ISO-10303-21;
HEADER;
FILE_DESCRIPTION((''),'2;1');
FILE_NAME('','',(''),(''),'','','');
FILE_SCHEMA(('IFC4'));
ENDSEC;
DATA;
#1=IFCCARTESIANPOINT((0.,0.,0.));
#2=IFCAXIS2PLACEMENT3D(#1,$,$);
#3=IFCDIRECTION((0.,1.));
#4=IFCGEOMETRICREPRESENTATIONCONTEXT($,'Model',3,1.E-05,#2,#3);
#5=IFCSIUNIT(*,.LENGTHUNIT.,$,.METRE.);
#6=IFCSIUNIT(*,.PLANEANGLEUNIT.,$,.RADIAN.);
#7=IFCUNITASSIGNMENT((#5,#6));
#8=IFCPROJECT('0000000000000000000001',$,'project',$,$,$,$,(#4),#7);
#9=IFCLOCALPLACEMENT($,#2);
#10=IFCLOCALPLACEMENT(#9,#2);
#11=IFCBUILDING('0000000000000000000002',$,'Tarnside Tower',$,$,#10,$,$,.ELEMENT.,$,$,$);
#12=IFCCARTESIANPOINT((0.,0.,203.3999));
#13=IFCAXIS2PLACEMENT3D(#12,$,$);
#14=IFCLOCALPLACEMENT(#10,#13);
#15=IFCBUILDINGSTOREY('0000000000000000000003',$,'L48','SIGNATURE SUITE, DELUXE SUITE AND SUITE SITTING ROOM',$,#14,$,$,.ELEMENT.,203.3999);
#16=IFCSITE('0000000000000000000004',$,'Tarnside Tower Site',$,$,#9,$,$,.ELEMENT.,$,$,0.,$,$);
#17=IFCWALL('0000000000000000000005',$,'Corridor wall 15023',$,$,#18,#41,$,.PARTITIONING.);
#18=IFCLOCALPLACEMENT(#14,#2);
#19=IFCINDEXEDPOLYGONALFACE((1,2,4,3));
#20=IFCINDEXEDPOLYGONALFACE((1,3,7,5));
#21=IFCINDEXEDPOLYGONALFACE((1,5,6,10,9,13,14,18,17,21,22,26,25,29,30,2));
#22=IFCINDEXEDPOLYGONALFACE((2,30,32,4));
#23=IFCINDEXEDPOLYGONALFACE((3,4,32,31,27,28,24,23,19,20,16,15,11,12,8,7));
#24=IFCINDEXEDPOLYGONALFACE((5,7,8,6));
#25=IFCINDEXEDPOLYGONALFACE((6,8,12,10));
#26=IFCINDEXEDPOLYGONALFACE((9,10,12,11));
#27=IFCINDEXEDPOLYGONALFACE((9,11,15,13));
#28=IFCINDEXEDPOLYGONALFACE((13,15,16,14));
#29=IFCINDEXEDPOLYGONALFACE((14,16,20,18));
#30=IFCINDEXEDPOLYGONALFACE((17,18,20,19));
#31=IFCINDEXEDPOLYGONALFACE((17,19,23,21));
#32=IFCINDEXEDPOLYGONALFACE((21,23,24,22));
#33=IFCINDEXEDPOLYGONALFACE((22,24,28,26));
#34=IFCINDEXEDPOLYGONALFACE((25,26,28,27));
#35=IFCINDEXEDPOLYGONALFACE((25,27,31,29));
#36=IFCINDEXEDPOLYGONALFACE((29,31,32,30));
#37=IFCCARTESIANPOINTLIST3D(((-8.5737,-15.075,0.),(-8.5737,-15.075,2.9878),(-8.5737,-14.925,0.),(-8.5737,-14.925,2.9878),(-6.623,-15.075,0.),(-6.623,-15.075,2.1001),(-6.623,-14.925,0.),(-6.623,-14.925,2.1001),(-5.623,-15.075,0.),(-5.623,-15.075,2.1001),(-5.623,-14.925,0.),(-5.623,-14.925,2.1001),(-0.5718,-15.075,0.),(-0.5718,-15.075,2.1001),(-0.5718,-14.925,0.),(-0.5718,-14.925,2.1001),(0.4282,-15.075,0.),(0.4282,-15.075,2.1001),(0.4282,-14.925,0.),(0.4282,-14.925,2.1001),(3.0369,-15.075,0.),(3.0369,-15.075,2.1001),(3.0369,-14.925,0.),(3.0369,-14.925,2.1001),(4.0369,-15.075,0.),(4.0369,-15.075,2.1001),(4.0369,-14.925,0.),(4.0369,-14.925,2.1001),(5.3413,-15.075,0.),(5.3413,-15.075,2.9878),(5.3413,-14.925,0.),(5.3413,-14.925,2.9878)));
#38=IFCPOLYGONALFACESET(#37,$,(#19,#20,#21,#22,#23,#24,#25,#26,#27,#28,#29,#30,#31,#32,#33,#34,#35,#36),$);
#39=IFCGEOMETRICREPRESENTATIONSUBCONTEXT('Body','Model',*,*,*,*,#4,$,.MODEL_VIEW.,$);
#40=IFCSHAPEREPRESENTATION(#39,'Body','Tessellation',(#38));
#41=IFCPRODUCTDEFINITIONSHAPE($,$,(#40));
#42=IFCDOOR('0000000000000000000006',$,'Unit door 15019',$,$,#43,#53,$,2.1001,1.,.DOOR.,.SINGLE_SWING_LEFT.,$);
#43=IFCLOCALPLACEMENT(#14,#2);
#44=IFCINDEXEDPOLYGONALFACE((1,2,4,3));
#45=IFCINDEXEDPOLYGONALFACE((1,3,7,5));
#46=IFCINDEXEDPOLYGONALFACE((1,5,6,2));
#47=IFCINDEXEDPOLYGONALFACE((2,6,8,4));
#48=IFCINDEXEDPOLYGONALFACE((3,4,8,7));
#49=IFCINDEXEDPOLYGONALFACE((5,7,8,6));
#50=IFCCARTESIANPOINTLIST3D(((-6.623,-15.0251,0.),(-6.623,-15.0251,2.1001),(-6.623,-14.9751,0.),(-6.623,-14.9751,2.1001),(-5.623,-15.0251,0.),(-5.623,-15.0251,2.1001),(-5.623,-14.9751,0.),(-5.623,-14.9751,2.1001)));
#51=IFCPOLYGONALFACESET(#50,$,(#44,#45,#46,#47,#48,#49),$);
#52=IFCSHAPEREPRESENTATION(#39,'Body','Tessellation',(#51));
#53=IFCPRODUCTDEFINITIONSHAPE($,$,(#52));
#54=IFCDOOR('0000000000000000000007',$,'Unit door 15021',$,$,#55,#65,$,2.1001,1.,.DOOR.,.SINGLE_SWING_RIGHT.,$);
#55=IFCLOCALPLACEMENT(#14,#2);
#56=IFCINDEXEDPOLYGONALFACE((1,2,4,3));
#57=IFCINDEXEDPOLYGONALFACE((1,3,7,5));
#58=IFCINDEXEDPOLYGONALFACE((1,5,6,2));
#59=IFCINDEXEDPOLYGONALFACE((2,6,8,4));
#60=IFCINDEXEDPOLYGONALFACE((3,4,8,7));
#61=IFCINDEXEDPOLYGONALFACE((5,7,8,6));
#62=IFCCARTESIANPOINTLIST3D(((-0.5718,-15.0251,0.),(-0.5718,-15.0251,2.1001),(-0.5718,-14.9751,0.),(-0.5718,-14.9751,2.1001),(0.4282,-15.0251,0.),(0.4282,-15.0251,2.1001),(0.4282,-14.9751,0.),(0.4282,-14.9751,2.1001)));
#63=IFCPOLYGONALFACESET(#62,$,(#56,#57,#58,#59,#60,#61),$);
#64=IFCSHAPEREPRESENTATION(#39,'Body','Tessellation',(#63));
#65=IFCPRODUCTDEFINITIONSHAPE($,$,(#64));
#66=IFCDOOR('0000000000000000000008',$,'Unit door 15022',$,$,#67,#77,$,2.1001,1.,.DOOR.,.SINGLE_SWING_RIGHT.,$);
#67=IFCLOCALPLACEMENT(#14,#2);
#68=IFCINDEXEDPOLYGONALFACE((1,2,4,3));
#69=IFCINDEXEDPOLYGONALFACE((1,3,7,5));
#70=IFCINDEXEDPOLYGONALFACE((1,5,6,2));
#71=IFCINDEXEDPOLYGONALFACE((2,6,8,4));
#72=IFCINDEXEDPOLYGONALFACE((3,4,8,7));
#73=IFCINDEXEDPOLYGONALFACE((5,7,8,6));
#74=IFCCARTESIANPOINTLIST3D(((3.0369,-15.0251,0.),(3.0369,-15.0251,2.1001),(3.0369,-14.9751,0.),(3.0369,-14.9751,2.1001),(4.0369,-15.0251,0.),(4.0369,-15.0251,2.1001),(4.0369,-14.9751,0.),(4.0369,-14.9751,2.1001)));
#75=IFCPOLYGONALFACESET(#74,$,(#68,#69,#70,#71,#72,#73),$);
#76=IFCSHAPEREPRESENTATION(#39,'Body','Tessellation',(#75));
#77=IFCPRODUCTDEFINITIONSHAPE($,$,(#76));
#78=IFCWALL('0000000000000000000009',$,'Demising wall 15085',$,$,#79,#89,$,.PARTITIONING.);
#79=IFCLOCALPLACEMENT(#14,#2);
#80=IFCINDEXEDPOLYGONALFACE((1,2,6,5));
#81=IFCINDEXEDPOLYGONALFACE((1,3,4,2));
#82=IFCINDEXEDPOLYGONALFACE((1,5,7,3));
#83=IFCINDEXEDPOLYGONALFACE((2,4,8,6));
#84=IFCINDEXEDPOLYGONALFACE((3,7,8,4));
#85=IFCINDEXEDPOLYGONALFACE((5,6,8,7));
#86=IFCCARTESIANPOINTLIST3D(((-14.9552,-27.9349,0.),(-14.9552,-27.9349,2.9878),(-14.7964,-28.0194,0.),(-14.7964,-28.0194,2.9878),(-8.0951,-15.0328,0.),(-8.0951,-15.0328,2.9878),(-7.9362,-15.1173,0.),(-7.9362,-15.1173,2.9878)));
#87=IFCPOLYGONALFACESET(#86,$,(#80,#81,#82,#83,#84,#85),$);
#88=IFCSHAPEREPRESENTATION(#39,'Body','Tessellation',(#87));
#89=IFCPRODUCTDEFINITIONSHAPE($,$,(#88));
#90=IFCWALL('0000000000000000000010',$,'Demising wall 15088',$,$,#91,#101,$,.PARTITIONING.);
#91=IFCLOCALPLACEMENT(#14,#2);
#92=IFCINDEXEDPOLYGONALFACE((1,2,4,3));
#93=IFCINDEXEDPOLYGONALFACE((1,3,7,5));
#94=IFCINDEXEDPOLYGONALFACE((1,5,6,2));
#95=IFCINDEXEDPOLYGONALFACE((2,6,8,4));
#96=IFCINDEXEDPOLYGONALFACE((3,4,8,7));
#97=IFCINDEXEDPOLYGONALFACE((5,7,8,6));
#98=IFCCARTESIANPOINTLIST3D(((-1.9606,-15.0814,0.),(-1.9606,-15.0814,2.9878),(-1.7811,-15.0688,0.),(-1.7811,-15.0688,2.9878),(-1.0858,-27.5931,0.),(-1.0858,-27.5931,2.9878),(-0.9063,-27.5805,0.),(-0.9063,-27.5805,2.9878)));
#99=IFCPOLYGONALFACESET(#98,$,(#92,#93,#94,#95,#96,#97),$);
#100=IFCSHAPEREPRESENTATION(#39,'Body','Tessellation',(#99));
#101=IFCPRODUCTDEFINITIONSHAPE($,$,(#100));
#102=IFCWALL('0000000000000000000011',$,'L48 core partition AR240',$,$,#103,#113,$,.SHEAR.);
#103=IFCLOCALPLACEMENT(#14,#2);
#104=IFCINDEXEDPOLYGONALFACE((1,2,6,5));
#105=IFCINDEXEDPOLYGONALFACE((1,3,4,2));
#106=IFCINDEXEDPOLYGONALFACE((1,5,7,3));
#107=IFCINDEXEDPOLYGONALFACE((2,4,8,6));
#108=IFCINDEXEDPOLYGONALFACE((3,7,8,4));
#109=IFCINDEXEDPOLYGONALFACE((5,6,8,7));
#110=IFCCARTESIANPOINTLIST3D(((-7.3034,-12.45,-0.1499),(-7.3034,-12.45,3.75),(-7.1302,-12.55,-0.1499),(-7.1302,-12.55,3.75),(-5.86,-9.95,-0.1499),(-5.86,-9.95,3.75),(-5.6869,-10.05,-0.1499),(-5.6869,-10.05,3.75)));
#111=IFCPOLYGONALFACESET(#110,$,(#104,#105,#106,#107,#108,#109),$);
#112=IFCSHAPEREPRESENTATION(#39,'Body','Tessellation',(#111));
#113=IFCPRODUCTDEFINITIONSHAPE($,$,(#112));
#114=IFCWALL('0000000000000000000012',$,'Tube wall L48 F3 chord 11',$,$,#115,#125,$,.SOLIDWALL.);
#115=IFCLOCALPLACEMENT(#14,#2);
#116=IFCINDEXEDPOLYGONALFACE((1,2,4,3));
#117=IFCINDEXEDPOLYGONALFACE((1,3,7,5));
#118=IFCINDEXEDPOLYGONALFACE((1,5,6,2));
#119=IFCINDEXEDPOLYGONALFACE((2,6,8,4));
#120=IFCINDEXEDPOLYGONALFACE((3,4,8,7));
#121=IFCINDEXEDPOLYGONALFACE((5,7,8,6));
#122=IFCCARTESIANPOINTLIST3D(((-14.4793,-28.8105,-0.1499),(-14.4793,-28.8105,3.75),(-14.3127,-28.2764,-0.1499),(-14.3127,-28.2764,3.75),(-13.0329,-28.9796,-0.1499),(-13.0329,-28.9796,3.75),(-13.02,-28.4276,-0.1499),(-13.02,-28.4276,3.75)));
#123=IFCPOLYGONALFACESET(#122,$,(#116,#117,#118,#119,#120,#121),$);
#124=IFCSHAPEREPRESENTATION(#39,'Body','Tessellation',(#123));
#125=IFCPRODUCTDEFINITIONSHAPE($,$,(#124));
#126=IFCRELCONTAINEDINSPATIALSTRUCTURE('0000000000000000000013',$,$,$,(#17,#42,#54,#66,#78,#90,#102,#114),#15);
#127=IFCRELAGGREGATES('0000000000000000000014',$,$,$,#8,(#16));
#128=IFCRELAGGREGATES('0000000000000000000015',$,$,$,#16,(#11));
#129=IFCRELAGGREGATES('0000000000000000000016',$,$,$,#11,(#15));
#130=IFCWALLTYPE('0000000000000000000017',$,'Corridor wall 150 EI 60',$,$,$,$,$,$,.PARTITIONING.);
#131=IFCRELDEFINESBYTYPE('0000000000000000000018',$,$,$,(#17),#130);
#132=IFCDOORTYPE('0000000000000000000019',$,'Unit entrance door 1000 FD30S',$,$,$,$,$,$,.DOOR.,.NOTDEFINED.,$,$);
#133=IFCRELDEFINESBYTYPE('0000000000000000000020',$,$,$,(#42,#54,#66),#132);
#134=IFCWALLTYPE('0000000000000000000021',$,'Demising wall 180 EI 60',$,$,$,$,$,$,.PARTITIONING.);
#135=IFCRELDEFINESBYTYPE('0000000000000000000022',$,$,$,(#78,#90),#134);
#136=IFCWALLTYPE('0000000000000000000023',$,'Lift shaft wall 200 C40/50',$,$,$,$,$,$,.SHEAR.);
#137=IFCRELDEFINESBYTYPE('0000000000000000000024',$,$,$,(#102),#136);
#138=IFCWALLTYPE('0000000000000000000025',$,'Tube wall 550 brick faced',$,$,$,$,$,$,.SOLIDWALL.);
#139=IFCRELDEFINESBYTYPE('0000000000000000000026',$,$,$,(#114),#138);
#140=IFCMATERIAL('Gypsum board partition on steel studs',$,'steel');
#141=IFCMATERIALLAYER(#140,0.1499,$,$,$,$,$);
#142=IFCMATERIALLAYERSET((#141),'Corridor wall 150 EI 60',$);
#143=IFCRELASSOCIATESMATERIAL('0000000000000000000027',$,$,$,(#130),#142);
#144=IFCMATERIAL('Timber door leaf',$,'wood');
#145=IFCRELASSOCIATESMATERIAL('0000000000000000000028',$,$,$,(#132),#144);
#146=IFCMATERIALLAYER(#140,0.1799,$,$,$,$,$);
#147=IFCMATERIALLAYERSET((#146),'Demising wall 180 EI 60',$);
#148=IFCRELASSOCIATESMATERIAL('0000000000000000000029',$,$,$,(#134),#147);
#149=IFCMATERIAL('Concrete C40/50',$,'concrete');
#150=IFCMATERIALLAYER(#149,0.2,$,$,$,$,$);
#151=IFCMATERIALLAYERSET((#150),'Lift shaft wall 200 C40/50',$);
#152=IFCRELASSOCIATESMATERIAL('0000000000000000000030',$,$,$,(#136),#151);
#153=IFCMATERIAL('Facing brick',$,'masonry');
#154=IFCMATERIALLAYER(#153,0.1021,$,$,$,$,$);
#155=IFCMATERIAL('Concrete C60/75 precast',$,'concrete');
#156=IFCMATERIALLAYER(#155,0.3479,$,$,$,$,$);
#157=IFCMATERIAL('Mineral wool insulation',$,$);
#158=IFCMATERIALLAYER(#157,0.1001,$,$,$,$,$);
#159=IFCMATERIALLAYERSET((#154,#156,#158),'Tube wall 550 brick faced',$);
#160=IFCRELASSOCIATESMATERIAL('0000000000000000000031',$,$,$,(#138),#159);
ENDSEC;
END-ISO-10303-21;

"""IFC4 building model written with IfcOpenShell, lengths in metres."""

from ifc_helpers import new_model, si_unit, direction, frame, frame_2d, origin, place, context, subcontext, project, spatial, polyline, rectangle, outline, extrude, material, layer, layer_set, type_object, element, fill, save


model = new_model("IFC4")

# Units and contexts
model_context = context("Model", 3, precision=1e-05, world=origin(), true_north=direction((0.0, 1.0)))
body_context = subcontext(model_context, "Body", "Model", "MODEL_VIEW")
ifc_project = project(units=[si_unit("LENGTHUNIT", "METRE"), si_unit("PLANEANGLEUNIT", "RADIAN")], contexts=[model_context])

# Site, building, storey
site_placement = place(None, origin())
site = spatial("IfcSite", under=ifc_project, at=site_placement, Name="Tarnside Tower Site", CompositionType="ELEMENT", RefElevation=0.0)
building_placement = place(site_placement, origin())
building = spatial("IfcBuilding", under=site, at=building_placement, Name="Tarnside Tower", CompositionType="ELEMENT")
storey_placement = place(building_placement, frame((0.0, 0.0, 203.3999)))
storey = spatial("IfcBuildingStorey", under=building, at=storey_placement, Name="L48", Description="SIGNATURE SUITE, DELUXE SUITE AND SUITE SITTING ROOM", CompositionType="ELEMENT", Elevation=203.3999)

# Shared definitions
ifc_material_1 = material(Name="Gypsum board partition on steel studs", Category="steel")

# Shared definitions
ifc_material_2 = material(Name="Timber door leaf", Category="wood")

# Wall, openings, doors
ifc_layer_1 = layer(ifc_material_1, 0.1499)
ifc_layer_set_1 = layer_set([ifc_layer_1], Name="Corridor wall 150 EI 60")
wall_type_1 = type_object("IfcWallType", Name="Corridor wall 150 EI 60", PredefinedType="PARTITIONING", material=ifc_layer_set_1)
wall_1_placement = place(storey_placement, frame((-8.5737, -15.0, 0.0), z_axis=(0.0, 0.0, 1.0), x_axis=(1.0, 0.0, 0.0)))
wall_1 = element("IfcWall", 1, at=wall_1_placement, inside=storey, type_object=wall_type_1, Name="Corridor wall 15023", PredefinedType="PARTITIONING", context=body_context, shape_type="SweptSolid", body=[
    extrude(rectangle(XDim=13.915, YDim=0.1499, at=frame_2d((6.9575, 0.0))), origin(), (0.0, 0.0, 1.0), 2.9878),
])
opening_1_placement = place(wall_1_placement, frame((1.9507, 0.0, 0.0)))
opening_1 = element("IfcOpeningElement", 2, at=opening_1_placement, cuts=wall_1, PredefinedType="OPENING", context=body_context, shape_type="SweptSolid", body=[
    extrude(rectangle(XDim=1.0, YDim=2.1001, at=frame_2d((0.5, 1.05))), frame((0.0, 0.085, 0.0), z_axis=(0.0, -1.0, 0.0), x_axis=(1.0, 0.0, 0.0)), (0.0, 0.0, 1.0), 0.1699),
])
opening_2_placement = place(wall_1_placement, frame((8.002, 0.0, 0.0)))
opening_2 = element("IfcOpeningElement", 3, at=opening_2_placement, cuts=wall_1, PredefinedType="OPENING", context=body_context, shape_type="SweptSolid", body=[
    extrude(rectangle(XDim=1.0, YDim=2.1001, at=frame_2d((0.5, 1.05))), frame((0.0, 0.085, 0.0), z_axis=(0.0, -1.0, 0.0), x_axis=(1.0, 0.0, 0.0)), (0.0, 0.0, 1.0), 0.1699),
])
opening_3_placement = place(wall_1_placement, frame((11.6106, 0.0, 0.0)))
opening_3 = element("IfcOpeningElement", 4, at=opening_3_placement, cuts=wall_1, PredefinedType="OPENING", context=body_context, shape_type="SweptSolid", body=[
    extrude(rectangle(XDim=1.0, YDim=2.1001, at=frame_2d((0.5, 1.05))), frame((0.0, 0.085, 0.0), z_axis=(0.0, -1.0, 0.0), x_axis=(1.0, 0.0, 0.0)), (0.0, 0.0, 1.0), 0.1699),
])
door_type_1 = type_object("IfcDoorType", Name="Unit entrance door 1000 FD30S", OperationType="NOTDEFINED", PredefinedType="DOOR", material=ifc_material_2)
door_1_placement = place(opening_1_placement, origin())
door_1 = element("IfcDoor", 5, at=door_1_placement, inside=storey, type_object=door_type_1, Name="Unit door 15019", OperationType="SINGLE_SWING_LEFT", OverallHeight=2.1001, OverallWidth=1.0, PredefinedType="DOOR", context=body_context, shape_type="SweptSolid", body=[
    extrude(rectangle(XDim=1.0, YDim=2.1001, at=frame_2d((0.5, 1.05))), frame((0.0, 0.0249, 0.0), z_axis=(0.0, -1.0, 0.0), x_axis=(1.0, 0.0, 0.0)), (0.0, 0.0, 1.0), 0.05),
])
fill(opening_1, door_1)
door_2_placement = place(opening_2_placement, origin())
door_2 = element("IfcDoor", 6, at=door_2_placement, inside=storey, type_object=door_type_1, Name="Unit door 15021", OperationType="SINGLE_SWING_RIGHT", OverallHeight=2.1001, OverallWidth=1.0, PredefinedType="DOOR", context=body_context, shape_type="SweptSolid", body=[
    extrude(rectangle(XDim=1.0, YDim=2.1001, at=frame_2d((0.5, 1.05))), frame((0.0, 0.0249, 0.0), z_axis=(0.0, -1.0, 0.0), x_axis=(1.0, 0.0, 0.0)), (0.0, 0.0, 1.0), 0.05),
])
fill(opening_2, door_2)
door_3_placement = place(opening_3_placement, origin())
door_3 = element("IfcDoor", 7, at=door_3_placement, inside=storey, type_object=door_type_1, Name="Unit door 15022", OperationType="SINGLE_SWING_RIGHT", OverallHeight=2.1001, OverallWidth=1.0, PredefinedType="DOOR", context=body_context, shape_type="SweptSolid", body=[
    extrude(rectangle(XDim=1.0, YDim=2.1001, at=frame_2d((0.5, 1.05))), frame((0.0, 0.0249, 0.0), z_axis=(0.0, -1.0, 0.0), x_axis=(1.0, 0.0, 0.0)), (0.0, 0.0, 1.0), 0.05),
])
fill(opening_3, door_3)

# Walls
ifc_layer_2 = layer(ifc_material_1, 0.1799)
ifc_layer_set_2 = layer_set([ifc_layer_2], Name="Demising wall 180 EI 60")
wall_type_2 = type_object("IfcWallType", Name="Demising wall 180 EI 60", PredefinedType="PARTITIONING", material=ifc_layer_set_2)
wall_2_placement = place(storey_placement, frame((-14.8757, -27.9771, 0.0), z_axis=(0.0, 0.0, 1.0), x_axis=(0.469468, 0.882949, 0.0)))
element("IfcWall", 8, at=wall_2_placement, inside=storey, type_object=wall_type_2, Name="Demising wall 15085", PredefinedType="PARTITIONING", context=body_context, shape_type="SweptSolid", body=[
    extrude(rectangle(XDim=14.6125, YDim=0.1799, at=frame_2d((7.3062, 0.0))), origin(), (0.0, 0.0, 1.0), 2.9878),
])
wall_3_placement = place(storey_placement, frame((-0.9961, -27.5867, 0.0), z_axis=(0.0, 0.0, 1.0), x_axis=(-0.069745, 0.997565, 0.0)))
element("IfcWall", 9, at=wall_3_placement, inside=storey, type_object=wall_type_2, Name="Demising wall 15088", PredefinedType="PARTITIONING", context=body_context, shape_type="SweptSolid", body=[
    extrude(rectangle(XDim=12.5422, YDim=0.1799, at=frame_2d((6.271, 0.0))), origin(), (0.0, 0.0, 1.0), 2.9878),
])
ifc_material_3 = material(Name="Concrete C40/50", Category="concrete")
ifc_layer_3 = layer(ifc_material_3, 0.2)
ifc_layer_set_3 = layer_set([ifc_layer_3], Name="Lift shaft wall 200 C40/50")
wall_type_3 = type_object("IfcWallType", Name="Lift shaft wall 200 C40/50", PredefinedType="SHEAR", material=ifc_layer_set_3)
wall_4_placement = place(storey_placement, frame((-5.7734, -10.0, -0.1499), z_axis=(0.0, 0.0, 1.0), x_axis=(-0.499996, -0.866028, 0.0)))
element("IfcWall", 10, at=wall_4_placement, inside=storey, type_object=wall_type_3, Name="L48 core partition AR240", PredefinedType="SHEAR", context=body_context, shape_type="SweptSolid", body=[
    extrude(rectangle(XDim=2.8867, YDim=0.2, at=frame_2d((1.4434, 0.0))), origin(), (0.0, 0.0, 1.0), 3.8999),
])
ifc_material_4 = material(Name="Facing brick", Category="masonry")
ifc_layer_4 = layer(ifc_material_4, 0.1021)
ifc_material_5 = material(Name="Concrete C60/75 precast", Category="concrete")
ifc_layer_5 = layer(ifc_material_5, 0.3479)
ifc_material_6 = material(Name="Mineral wool insulation")
ifc_layer_6 = layer(ifc_material_6, 0.1001)
ifc_layer_set_4 = layer_set([ifc_layer_4, ifc_layer_5, ifc_layer_6], Name="Tube wall 550 brick faced")
wall_type_4 = type_object("IfcWallType", Name="Tube wall 550 brick faced", PredefinedType="SOLIDWALL", material=ifc_layer_set_4)
wall_5_placement = place(storey_placement, frame((-14.396, -28.5435, -0.1499), z_axis=(0.0, 0.0, 1.0), x_axis=(0.993233, -0.116143, 0.0)))
element("IfcWall", 11, at=wall_5_placement, inside=storey, type_object=wall_type_4, Name="Tube wall L48 F3 chord 11", PredefinedType="SOLIDWALL", context=body_context, shape_type="SweptSolid", body=[
    extrude(outline(polyline([(-0.0518, -0.2749), (1.4045, -0.2749), (1.3533, 0.2749), (0.0518, 0.2749), (-0.0518, -0.2749)])), origin(), (0.0, 0.0, 1.0), 3.8999),
])

save(model, "model.ifc")
